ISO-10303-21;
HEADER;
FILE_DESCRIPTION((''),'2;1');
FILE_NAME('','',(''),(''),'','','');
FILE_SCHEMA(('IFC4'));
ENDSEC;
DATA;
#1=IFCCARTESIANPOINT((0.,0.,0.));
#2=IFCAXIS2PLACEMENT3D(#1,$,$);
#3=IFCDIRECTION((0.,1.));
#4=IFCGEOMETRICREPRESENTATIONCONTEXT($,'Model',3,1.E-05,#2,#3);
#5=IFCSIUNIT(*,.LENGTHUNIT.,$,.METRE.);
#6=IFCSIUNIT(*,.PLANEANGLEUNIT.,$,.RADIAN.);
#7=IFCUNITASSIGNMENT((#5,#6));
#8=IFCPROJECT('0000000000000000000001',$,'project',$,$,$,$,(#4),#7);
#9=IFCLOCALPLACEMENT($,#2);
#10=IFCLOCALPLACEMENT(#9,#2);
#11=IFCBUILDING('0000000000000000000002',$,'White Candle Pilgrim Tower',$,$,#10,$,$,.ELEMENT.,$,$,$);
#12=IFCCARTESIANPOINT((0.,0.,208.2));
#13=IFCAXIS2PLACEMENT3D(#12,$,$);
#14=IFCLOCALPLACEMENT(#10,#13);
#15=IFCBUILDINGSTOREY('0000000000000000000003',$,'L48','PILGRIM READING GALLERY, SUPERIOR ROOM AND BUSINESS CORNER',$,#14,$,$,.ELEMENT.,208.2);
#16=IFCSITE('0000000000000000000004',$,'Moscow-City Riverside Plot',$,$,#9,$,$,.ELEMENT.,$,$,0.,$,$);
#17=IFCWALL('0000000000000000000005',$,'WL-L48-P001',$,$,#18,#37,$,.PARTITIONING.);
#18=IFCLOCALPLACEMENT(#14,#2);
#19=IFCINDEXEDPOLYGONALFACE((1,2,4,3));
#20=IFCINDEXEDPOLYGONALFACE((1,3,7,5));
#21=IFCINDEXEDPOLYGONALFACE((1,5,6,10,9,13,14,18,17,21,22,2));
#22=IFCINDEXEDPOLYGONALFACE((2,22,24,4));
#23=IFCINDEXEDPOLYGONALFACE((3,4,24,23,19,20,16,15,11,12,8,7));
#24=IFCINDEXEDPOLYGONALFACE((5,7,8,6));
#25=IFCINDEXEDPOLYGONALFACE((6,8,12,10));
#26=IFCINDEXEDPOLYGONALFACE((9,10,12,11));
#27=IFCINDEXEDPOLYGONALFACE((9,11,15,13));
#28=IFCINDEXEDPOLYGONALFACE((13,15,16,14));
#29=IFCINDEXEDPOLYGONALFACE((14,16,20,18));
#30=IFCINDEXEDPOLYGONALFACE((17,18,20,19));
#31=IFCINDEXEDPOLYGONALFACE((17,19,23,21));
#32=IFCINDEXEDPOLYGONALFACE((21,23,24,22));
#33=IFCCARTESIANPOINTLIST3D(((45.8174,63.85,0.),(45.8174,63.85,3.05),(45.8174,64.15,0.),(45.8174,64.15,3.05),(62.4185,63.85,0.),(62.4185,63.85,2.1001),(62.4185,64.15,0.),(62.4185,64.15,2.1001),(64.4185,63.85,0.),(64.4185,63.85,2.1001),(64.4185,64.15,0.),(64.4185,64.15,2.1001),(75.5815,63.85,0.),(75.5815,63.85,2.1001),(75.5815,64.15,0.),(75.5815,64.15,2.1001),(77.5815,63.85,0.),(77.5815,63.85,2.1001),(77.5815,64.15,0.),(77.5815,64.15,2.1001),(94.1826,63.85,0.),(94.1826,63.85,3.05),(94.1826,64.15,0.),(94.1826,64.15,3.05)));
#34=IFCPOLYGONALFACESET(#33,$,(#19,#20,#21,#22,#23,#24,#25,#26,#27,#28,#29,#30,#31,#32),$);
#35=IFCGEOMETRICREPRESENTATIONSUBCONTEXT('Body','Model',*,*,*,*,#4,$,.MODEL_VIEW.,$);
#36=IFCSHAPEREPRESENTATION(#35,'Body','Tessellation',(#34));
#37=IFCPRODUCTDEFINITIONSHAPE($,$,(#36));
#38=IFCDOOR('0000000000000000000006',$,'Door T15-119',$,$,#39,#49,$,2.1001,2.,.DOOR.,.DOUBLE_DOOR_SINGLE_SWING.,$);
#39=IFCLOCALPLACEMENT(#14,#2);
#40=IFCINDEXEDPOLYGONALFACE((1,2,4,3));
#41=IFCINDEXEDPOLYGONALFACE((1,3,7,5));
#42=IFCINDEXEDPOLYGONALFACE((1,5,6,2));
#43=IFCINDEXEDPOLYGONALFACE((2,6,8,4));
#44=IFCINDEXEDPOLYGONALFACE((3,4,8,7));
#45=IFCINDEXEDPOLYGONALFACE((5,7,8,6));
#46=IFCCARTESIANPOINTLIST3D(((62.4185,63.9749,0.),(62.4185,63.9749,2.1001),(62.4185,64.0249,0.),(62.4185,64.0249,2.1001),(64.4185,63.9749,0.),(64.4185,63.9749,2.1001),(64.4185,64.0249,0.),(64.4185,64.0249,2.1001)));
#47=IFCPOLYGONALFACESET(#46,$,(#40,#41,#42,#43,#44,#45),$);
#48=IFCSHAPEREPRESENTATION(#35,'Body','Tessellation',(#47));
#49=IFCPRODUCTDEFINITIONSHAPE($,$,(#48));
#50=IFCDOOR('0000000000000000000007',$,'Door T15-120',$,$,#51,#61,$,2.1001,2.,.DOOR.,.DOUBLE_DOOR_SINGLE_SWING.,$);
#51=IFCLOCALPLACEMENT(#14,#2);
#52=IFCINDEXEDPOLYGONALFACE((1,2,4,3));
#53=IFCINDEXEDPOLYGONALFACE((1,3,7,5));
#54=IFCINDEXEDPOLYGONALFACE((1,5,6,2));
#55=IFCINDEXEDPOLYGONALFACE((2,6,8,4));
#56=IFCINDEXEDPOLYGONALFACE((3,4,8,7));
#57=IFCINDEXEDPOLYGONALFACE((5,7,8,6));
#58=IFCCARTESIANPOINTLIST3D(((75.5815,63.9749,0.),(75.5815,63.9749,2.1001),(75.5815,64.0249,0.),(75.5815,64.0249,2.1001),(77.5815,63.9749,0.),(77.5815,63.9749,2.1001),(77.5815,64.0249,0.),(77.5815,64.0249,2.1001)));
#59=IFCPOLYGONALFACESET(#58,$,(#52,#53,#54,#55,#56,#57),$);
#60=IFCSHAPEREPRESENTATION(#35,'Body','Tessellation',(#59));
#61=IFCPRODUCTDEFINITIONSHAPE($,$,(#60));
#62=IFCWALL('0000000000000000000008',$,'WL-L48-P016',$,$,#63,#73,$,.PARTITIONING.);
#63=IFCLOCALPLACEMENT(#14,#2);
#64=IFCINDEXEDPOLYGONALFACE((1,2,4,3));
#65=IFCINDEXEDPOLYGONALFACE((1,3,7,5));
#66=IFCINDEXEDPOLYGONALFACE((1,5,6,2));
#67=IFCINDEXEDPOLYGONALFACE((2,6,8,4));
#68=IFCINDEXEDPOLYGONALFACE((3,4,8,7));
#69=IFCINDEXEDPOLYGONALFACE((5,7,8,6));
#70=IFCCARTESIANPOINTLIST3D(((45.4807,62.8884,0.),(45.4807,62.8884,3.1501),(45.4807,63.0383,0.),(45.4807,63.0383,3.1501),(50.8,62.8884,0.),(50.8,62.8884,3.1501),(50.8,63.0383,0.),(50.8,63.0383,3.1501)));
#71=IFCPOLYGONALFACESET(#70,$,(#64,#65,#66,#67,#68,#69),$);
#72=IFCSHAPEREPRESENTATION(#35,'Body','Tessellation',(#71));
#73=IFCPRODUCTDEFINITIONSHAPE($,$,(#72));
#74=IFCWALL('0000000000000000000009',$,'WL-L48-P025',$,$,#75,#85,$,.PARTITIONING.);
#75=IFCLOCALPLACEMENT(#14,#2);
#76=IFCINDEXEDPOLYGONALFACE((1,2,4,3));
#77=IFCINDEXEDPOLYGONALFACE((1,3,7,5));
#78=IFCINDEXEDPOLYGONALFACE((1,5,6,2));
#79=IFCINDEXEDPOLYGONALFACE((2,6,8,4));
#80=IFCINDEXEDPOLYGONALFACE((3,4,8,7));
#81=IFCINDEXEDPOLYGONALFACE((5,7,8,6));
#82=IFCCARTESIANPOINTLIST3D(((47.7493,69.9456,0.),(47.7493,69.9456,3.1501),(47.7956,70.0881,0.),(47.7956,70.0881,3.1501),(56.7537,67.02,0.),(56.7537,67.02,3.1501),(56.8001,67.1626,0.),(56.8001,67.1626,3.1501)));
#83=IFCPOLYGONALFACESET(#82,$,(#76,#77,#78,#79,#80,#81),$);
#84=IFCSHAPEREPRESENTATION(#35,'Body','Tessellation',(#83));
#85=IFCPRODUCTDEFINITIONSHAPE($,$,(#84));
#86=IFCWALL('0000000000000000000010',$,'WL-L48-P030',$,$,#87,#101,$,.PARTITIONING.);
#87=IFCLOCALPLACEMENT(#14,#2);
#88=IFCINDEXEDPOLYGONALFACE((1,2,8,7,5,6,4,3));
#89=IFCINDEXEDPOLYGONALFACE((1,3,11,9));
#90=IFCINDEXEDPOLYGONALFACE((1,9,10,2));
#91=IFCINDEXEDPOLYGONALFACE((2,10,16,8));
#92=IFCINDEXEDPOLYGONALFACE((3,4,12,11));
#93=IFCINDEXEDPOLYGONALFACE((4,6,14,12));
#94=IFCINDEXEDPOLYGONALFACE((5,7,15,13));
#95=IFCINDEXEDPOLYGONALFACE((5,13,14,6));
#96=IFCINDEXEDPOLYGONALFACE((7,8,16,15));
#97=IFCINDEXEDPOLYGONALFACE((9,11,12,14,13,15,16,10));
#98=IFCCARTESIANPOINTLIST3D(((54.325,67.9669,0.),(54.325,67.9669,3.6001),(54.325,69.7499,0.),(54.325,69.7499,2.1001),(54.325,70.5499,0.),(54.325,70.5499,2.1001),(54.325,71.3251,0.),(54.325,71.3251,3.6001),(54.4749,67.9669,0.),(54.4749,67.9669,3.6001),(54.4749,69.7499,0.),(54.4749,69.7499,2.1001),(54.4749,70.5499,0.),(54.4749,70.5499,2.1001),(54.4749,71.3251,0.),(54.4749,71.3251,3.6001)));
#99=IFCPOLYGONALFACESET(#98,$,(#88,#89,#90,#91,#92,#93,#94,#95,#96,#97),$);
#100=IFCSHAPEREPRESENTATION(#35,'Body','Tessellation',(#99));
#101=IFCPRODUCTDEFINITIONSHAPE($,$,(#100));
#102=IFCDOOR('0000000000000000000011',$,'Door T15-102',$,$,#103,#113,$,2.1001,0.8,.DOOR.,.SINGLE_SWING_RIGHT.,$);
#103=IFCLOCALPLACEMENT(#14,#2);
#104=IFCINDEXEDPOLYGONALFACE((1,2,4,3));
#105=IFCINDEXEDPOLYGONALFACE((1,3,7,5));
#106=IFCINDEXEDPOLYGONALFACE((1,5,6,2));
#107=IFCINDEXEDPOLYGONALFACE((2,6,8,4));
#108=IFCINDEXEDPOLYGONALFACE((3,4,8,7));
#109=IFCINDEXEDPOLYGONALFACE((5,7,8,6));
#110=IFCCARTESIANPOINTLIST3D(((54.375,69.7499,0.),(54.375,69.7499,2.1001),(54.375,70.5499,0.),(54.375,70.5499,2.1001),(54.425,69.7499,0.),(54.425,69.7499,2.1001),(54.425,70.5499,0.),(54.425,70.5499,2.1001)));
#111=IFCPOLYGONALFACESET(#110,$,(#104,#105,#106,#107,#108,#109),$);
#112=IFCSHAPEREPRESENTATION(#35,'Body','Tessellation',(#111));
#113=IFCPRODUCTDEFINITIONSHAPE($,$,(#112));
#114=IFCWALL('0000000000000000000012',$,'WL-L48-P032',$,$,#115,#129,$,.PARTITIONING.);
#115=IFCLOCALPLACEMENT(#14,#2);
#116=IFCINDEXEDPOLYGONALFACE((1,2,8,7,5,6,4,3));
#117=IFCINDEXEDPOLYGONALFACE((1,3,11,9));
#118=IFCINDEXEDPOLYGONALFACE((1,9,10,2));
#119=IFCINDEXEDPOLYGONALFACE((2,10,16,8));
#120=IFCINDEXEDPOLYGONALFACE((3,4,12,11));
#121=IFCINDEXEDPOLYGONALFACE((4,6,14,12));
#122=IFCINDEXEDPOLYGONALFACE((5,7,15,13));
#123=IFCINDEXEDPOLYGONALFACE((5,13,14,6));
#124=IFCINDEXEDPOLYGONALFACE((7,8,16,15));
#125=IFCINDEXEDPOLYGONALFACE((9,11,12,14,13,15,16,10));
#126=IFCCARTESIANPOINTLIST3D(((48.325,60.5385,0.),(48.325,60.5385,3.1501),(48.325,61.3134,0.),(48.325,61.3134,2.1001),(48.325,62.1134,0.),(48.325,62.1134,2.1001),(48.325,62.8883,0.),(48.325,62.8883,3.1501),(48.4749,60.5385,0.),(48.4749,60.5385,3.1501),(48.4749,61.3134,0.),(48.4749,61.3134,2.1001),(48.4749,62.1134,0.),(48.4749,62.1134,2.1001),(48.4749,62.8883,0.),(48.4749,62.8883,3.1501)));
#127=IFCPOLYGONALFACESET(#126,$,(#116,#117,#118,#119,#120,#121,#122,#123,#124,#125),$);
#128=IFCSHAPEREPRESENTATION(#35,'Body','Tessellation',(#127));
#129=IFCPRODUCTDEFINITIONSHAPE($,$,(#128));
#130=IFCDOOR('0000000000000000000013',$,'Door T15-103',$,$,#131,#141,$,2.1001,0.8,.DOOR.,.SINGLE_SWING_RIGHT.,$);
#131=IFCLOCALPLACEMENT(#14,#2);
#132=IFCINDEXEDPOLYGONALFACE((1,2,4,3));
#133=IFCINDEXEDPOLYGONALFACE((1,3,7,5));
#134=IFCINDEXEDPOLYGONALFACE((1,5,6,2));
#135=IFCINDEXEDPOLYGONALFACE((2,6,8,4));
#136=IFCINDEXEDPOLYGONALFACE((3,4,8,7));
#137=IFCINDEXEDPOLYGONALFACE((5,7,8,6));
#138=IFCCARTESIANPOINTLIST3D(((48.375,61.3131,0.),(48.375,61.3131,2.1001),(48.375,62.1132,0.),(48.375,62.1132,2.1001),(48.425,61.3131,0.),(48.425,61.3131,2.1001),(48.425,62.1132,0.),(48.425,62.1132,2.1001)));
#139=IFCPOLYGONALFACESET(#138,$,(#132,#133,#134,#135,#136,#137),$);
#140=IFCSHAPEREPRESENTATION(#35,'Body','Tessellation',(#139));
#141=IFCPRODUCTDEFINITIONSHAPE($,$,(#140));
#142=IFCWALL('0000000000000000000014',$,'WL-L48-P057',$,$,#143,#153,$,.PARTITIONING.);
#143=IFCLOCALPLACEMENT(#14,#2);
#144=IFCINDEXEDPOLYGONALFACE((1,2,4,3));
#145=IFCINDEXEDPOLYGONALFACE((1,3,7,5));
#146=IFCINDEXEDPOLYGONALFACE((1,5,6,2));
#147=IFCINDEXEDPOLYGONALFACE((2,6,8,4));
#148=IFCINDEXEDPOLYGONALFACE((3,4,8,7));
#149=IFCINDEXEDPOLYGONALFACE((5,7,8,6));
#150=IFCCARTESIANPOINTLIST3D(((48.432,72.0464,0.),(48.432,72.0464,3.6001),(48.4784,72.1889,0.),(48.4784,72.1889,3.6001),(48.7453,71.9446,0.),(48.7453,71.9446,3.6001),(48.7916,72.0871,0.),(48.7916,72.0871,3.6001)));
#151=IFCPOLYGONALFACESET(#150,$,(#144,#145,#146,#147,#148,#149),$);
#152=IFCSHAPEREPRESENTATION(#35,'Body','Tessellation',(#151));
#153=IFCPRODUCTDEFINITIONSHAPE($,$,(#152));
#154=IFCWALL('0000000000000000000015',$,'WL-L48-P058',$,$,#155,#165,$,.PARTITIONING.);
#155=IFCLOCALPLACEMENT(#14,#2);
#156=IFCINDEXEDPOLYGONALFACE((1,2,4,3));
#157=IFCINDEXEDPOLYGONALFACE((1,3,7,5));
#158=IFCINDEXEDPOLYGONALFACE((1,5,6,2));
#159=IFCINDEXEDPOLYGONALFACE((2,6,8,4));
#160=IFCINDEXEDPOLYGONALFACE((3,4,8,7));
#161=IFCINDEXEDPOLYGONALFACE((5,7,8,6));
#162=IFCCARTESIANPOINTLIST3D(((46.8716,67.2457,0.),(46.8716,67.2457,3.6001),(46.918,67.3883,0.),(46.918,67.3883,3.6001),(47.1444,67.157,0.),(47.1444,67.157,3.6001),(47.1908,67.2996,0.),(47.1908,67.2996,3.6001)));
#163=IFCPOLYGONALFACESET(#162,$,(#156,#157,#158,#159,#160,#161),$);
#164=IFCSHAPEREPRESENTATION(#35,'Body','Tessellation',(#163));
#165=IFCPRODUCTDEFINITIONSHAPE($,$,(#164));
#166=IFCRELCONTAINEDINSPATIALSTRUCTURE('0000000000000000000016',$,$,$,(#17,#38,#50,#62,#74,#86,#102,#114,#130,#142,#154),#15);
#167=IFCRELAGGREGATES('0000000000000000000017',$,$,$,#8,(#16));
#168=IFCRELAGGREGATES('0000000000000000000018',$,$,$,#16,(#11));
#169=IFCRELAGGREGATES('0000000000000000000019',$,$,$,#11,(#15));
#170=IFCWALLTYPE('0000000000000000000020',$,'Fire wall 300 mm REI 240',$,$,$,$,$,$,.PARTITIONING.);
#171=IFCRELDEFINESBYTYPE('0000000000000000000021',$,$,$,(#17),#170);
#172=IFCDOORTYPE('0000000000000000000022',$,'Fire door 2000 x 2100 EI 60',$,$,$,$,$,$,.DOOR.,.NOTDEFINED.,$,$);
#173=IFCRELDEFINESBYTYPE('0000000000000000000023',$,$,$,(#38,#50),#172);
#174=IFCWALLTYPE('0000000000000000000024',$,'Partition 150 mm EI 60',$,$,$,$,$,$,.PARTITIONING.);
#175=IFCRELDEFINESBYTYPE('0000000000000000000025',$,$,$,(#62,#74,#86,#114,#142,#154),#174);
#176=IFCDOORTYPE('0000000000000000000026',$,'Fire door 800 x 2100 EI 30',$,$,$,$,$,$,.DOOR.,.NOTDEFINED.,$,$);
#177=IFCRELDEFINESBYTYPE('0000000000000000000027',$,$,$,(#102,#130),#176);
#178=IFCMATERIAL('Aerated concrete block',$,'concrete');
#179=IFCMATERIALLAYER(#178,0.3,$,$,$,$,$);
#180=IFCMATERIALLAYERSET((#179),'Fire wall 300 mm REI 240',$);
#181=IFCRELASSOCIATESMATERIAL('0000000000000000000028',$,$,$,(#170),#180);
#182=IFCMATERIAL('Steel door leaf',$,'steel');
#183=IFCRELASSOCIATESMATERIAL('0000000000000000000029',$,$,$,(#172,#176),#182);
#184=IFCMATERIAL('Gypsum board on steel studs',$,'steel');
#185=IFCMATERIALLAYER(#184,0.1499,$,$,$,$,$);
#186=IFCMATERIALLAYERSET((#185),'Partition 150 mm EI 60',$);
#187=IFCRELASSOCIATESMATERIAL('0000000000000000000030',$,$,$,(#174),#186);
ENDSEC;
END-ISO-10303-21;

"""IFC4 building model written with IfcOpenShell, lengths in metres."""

from ifc_helpers import new_model, si_unit, direction, frame, frame_2d, origin, place, context, subcontext, project, spatial, rectangle, extrude, material, layer, layer_set, type_object, element, fill, save


model = new_model("IFC4")

# Units and contexts
model_context = context("Model", 3, precision=1e-05, world=origin(), true_north=direction((0.0, 1.0)))
body_context = subcontext(model_context, "Body", "Model", "MODEL_VIEW")
ifc_project = project(units=[si_unit("LENGTHUNIT", "METRE"), si_unit("PLANEANGLEUNIT", "RADIAN")], contexts=[model_context])

# Site, building, storey
site_placement = place(None, origin())
site = spatial("IfcSite", under=ifc_project, at=site_placement, Name="Moscow-City Riverside Plot", CompositionType="ELEMENT", RefElevation=0.0)
building_placement = place(site_placement, origin())
building = spatial("IfcBuilding", under=site, at=building_placement, Name="White Candle Pilgrim Tower", CompositionType="ELEMENT")
storey_placement = place(building_placement, frame((0.0, 0.0, 208.2)))
storey = spatial("IfcBuildingStorey", under=building, at=storey_placement, Name="L48", Description="PILGRIM READING GALLERY, SUPERIOR ROOM AND BUSINESS CORNER", CompositionType="ELEMENT", Elevation=208.2)

# Wall, openings, doors
ifc_material_1 = material(Name="Aerated concrete block", Category="concrete")
ifc_layer_1 = layer(ifc_material_1, 0.3)
ifc_layer_set_1 = layer_set([ifc_layer_1], Name="Fire wall 300 mm REI 240")
wall_type_1 = type_object("IfcWallType", Name="Fire wall 300 mm REI 240", PredefinedType="PARTITIONING", material=ifc_layer_set_1)
wall_1_placement = place(storey_placement, frame((45.8174, 64.0, 0.0), z_axis=(0.0, 0.0, 1.0), x_axis=(1.0, 0.0, 0.0)))
wall_1 = element("IfcWall", 1, at=wall_1_placement, inside=storey, type_object=wall_type_1, Name="WL-L48-P001", PredefinedType="PARTITIONING", context=body_context, shape_type="SweptSolid", body=[
    extrude(rectangle(XDim=48.3652, YDim=0.3, at=frame_2d((24.1826, 0.0))), origin(), (0.0, 0.0, 1.0), 3.05),
])
opening_1_placement = place(wall_1_placement, frame((16.6011, 0.0, 0.0)))
opening_1 = element("IfcOpeningElement", 2, at=opening_1_placement, cuts=wall_1, PredefinedType="OPENING", context=body_context, shape_type="SweptSolid", body=[
    extrude(rectangle(XDim=2.0, YDim=2.1001, at=frame_2d((1.0, 1.05))), frame((0.0, 0.1599, 0.0), z_axis=(0.0, -1.0, 0.0), x_axis=(1.0, 0.0, 0.0)), (0.0, 0.0, 1.0), 0.3201),
])
opening_2_placement = place(wall_1_placement, frame((29.7642, 0.0, 0.0)))
opening_2 = element("IfcOpeningElement", 3, at=opening_2_placement, cuts=wall_1, PredefinedType="OPENING", context=body_context, shape_type="SweptSolid", body=[
    extrude(rectangle(XDim=2.0, YDim=2.1001, at=frame_2d((1.0, 1.05))), frame((0.0, 0.1599, 0.0), z_axis=(0.0, -1.0, 0.0), x_axis=(1.0, 0.0, 0.0)), (0.0, 0.0, 1.0), 0.3201),
])
ifc_material_2 = material(Name="Steel door leaf", Category="steel")
door_type_1 = type_object("IfcDoorType", Name="Fire door 2000 x 2100 EI 60", OperationType="NOTDEFINED", PredefinedType="DOOR", material=ifc_material_2)
door_1_placement = place(opening_1_placement, origin())
door_1 = element("IfcDoor", 4, at=door_1_placement, inside=storey, type_object=door_type_1, Name="Door T15-119", OperationType="DOUBLE_DOOR_SINGLE_SWING", OverallHeight=2.1001, OverallWidth=2.0, PredefinedType="DOOR", context=body_context, shape_type="SweptSolid", body=[
    extrude(rectangle(XDim=2.0, YDim=2.1001, at=frame_2d((1.0, 1.05))), frame((0.0, 0.0249, 0.0), z_axis=(0.0, -1.0, 0.0), x_axis=(1.0, 0.0, 0.0)), (0.0, 0.0, 1.0), 0.05),
])
fill(opening_1, door_1)
door_2_placement = place(opening_2_placement, origin())
door_2 = element("IfcDoor", 5, at=door_2_placement, inside=storey, type_object=door_type_1, Name="Door T15-120", OperationType="DOUBLE_DOOR_SINGLE_SWING", OverallHeight=2.1001, OverallWidth=2.0, PredefinedType="DOOR", context=body_context, shape_type="SweptSolid", body=[
    extrude(rectangle(XDim=2.0, YDim=2.1001, at=frame_2d((1.0, 1.05))), frame((0.0, 0.0249, 0.0), z_axis=(0.0, -1.0, 0.0), x_axis=(1.0, 0.0, 0.0)), (0.0, 0.0, 1.0), 0.05),
])
fill(opening_2, door_2)

# Walls
ifc_material_3 = material(Name="Gypsum board on steel studs", Category="steel")
ifc_layer_2 = layer(ifc_material_3, 0.1499)
ifc_layer_set_2 = layer_set([ifc_layer_2], Name="Partition 150 mm EI 60")
wall_type_2 = type_object("IfcWallType", Name="Partition 150 mm EI 60", PredefinedType="PARTITIONING", material=ifc_layer_set_2)
wall_2_placement = place(storey_placement, frame((45.4807, 62.9634, 0.0), z_axis=(0.0, 0.0, 1.0), x_axis=(1.0, 0.0, 0.0)))
element("IfcWall", 6, at=wall_2_placement, inside=storey, type_object=wall_type_2, Name="WL-L48-P016", PredefinedType="PARTITIONING", context=body_context, shape_type="SweptSolid", body=[
    extrude(rectangle(XDim=5.3193, YDim=0.1499, at=frame_2d((2.6597, 0.0))), origin(), (0.0, 0.0, 1.0), 3.1501),
])
wall_3_placement = place(storey_placement, frame((47.7725, 70.0168, 0.0), z_axis=(0.0, 0.0, 1.0), x_axis=(0.951062, -0.309001, 0.0)))
element("IfcWall", 7, at=wall_3_placement, inside=storey, type_object=wall_type_2, Name="WL-L48-P025", PredefinedType="PARTITIONING", context=body_context, shape_type="SweptSolid", body=[
    extrude(rectangle(XDim=9.4678, YDim=0.1499, at=frame_2d((4.7339, 0.0))), origin(), (0.0, 0.0, 1.0), 3.1501),
])

# Walls, openings, doors
wall_4_placement = place(storey_placement, frame((54.3999, 67.9668, 0.0), z_axis=(0.0, 0.0, 1.0), x_axis=(0.0, 1.0, 0.0)))
wall_4 = element("IfcWall", 8, at=wall_4_placement, inside=storey, type_object=wall_type_2, Name="WL-L48-P030", PredefinedType="PARTITIONING", context=body_context, shape_type="SweptSolid", body=[
    extrude(rectangle(XDim=3.3582, YDim=0.1499, at=frame_2d((1.6792, 0.0))), origin(), (0.0, 0.0, 1.0), 3.6001),
])
opening_3_placement = place(wall_4_placement, frame((1.7832, 0.0, 0.0)))
opening_3 = element("IfcOpeningElement", 9, at=opening_3_placement, cuts=wall_4, PredefinedType="OPENING", context=body_context, shape_type="SweptSolid", body=[
    extrude(rectangle(XDim=0.8, YDim=2.1001, at=frame_2d((0.3999, 1.05))), frame((0.0, 0.085, 0.0), z_axis=(0.0, -1.0, 0.0), x_axis=(1.0, 0.0, 0.0)), (0.0, 0.0, 1.0), 0.1699),
])
door_type_2 = type_object("IfcDoorType", Name="Fire door 800 x 2100 EI 30", OperationType="NOTDEFINED", PredefinedType="DOOR", material=ifc_material_2)
door_3_placement = place(opening_3_placement, origin())
door_3 = element("IfcDoor", 10, at=door_3_placement, inside=storey, type_object=door_type_2, Name="Door T15-102", OperationType="SINGLE_SWING_RIGHT", OverallHeight=2.1001, OverallWidth=0.8, PredefinedType="DOOR", context=body_context, shape_type="SweptSolid", body=[
    extrude(rectangle(XDim=0.8, YDim=2.1001, at=frame_2d((0.3999, 1.05))), frame((0.0, 0.0249, 0.0), z_axis=(0.0, -1.0, 0.0), x_axis=(1.0, 0.0, 0.0)), (0.0, 0.0, 1.0), 0.05),
])
fill(opening_3, door_3)
wall_5_placement = place(storey_placement, frame((48.3999, 62.8882, 0.0), z_axis=(0.0, 0.0, 1.0), x_axis=(0.0, -1.0, 0.0)))
wall_5 = element("IfcWall", 11, at=wall_5_placement, inside=storey, type_object=wall_type_2, Name="WL-L48-P032", PredefinedType="PARTITIONING", context=body_context, shape_type="SweptSolid", body=[
    extrude(rectangle(XDim=2.3499, YDim=0.1499, at=frame_2d((1.1748, 0.0))), origin(), (0.0, 0.0, 1.0), 3.1501),
])
opening_4_placement = place(wall_5_placement, frame((0.7749, 0.0, 0.0)))
opening_4 = element("IfcOpeningElement", 12, at=opening_4_placement, cuts=wall_5, PredefinedType="OPENING", context=body_context, shape_type="SweptSolid", body=[
    extrude(rectangle(XDim=0.8, YDim=2.1001, at=frame_2d((0.3999, 1.05))), frame((0.0, 0.085, 0.0), z_axis=(0.0, -1.0, 0.0), x_axis=(1.0, 0.0, 0.0)), (0.0, 0.0, 1.0), 0.1699),
])
door_4_placement = place(opening_4_placement, frame((0.8, 0.0, 0.0), z_axis=(0.0, 0.0, 1.0), x_axis=(-1.0, 0.0, 0.0)))
door_4 = element("IfcDoor", 13, at=door_4_placement, inside=storey, type_object=door_type_2, Name="Door T15-103", OperationType="SINGLE_SWING_RIGHT", OverallHeight=2.1001, OverallWidth=0.8, PredefinedType="DOOR", context=body_context, shape_type="SweptSolid", body=[
    extrude(rectangle(XDim=0.8, YDim=2.1001, at=frame_2d((0.3999, 1.05))), frame((0.0, 0.0249, 0.0), z_axis=(0.0, -1.0, 0.0), x_axis=(1.0, 0.0, 0.0)), (0.0, 0.0, 1.0), 0.05),
])
fill(opening_4, door_4)

# Walls
wall_6_placement = place(storey_placement, frame((48.7683, 72.0159, 0.0), z_axis=(0.0, 0.0, 1.0), x_axis=(-0.951029, 0.309103, 0.0)))
element("IfcWall", 14, at=wall_6_placement, inside=storey, type_object=wall_type_2, Name="WL-L48-P057", PredefinedType="PARTITIONING", context=body_context, shape_type="SweptSolid", body=[
    extrude(rectangle(XDim=0.3293, YDim=0.1499, at=frame_2d((0.1646, 0.0))), origin(), (0.0, 0.0, 1.0), 3.6001),
])
wall_7_placement = place(storey_placement, frame((47.1677, 67.2283, 0.0), z_axis=(0.0, 0.0, 1.0), x_axis=(-0.95104, 0.309067, 0.0)))
element("IfcWall", 15, at=wall_7_placement, inside=storey, type_object=wall_type_2, Name="WL-L48-P058", PredefinedType="PARTITIONING", context=body_context, shape_type="SweptSolid", body=[
    extrude(rectangle(XDim=0.2869, YDim=0.1499, at=frame_2d((0.1436, 0.0))), origin(), (0.0, 0.0, 1.0), 3.6001),
])

save(model, "model.ifc")
